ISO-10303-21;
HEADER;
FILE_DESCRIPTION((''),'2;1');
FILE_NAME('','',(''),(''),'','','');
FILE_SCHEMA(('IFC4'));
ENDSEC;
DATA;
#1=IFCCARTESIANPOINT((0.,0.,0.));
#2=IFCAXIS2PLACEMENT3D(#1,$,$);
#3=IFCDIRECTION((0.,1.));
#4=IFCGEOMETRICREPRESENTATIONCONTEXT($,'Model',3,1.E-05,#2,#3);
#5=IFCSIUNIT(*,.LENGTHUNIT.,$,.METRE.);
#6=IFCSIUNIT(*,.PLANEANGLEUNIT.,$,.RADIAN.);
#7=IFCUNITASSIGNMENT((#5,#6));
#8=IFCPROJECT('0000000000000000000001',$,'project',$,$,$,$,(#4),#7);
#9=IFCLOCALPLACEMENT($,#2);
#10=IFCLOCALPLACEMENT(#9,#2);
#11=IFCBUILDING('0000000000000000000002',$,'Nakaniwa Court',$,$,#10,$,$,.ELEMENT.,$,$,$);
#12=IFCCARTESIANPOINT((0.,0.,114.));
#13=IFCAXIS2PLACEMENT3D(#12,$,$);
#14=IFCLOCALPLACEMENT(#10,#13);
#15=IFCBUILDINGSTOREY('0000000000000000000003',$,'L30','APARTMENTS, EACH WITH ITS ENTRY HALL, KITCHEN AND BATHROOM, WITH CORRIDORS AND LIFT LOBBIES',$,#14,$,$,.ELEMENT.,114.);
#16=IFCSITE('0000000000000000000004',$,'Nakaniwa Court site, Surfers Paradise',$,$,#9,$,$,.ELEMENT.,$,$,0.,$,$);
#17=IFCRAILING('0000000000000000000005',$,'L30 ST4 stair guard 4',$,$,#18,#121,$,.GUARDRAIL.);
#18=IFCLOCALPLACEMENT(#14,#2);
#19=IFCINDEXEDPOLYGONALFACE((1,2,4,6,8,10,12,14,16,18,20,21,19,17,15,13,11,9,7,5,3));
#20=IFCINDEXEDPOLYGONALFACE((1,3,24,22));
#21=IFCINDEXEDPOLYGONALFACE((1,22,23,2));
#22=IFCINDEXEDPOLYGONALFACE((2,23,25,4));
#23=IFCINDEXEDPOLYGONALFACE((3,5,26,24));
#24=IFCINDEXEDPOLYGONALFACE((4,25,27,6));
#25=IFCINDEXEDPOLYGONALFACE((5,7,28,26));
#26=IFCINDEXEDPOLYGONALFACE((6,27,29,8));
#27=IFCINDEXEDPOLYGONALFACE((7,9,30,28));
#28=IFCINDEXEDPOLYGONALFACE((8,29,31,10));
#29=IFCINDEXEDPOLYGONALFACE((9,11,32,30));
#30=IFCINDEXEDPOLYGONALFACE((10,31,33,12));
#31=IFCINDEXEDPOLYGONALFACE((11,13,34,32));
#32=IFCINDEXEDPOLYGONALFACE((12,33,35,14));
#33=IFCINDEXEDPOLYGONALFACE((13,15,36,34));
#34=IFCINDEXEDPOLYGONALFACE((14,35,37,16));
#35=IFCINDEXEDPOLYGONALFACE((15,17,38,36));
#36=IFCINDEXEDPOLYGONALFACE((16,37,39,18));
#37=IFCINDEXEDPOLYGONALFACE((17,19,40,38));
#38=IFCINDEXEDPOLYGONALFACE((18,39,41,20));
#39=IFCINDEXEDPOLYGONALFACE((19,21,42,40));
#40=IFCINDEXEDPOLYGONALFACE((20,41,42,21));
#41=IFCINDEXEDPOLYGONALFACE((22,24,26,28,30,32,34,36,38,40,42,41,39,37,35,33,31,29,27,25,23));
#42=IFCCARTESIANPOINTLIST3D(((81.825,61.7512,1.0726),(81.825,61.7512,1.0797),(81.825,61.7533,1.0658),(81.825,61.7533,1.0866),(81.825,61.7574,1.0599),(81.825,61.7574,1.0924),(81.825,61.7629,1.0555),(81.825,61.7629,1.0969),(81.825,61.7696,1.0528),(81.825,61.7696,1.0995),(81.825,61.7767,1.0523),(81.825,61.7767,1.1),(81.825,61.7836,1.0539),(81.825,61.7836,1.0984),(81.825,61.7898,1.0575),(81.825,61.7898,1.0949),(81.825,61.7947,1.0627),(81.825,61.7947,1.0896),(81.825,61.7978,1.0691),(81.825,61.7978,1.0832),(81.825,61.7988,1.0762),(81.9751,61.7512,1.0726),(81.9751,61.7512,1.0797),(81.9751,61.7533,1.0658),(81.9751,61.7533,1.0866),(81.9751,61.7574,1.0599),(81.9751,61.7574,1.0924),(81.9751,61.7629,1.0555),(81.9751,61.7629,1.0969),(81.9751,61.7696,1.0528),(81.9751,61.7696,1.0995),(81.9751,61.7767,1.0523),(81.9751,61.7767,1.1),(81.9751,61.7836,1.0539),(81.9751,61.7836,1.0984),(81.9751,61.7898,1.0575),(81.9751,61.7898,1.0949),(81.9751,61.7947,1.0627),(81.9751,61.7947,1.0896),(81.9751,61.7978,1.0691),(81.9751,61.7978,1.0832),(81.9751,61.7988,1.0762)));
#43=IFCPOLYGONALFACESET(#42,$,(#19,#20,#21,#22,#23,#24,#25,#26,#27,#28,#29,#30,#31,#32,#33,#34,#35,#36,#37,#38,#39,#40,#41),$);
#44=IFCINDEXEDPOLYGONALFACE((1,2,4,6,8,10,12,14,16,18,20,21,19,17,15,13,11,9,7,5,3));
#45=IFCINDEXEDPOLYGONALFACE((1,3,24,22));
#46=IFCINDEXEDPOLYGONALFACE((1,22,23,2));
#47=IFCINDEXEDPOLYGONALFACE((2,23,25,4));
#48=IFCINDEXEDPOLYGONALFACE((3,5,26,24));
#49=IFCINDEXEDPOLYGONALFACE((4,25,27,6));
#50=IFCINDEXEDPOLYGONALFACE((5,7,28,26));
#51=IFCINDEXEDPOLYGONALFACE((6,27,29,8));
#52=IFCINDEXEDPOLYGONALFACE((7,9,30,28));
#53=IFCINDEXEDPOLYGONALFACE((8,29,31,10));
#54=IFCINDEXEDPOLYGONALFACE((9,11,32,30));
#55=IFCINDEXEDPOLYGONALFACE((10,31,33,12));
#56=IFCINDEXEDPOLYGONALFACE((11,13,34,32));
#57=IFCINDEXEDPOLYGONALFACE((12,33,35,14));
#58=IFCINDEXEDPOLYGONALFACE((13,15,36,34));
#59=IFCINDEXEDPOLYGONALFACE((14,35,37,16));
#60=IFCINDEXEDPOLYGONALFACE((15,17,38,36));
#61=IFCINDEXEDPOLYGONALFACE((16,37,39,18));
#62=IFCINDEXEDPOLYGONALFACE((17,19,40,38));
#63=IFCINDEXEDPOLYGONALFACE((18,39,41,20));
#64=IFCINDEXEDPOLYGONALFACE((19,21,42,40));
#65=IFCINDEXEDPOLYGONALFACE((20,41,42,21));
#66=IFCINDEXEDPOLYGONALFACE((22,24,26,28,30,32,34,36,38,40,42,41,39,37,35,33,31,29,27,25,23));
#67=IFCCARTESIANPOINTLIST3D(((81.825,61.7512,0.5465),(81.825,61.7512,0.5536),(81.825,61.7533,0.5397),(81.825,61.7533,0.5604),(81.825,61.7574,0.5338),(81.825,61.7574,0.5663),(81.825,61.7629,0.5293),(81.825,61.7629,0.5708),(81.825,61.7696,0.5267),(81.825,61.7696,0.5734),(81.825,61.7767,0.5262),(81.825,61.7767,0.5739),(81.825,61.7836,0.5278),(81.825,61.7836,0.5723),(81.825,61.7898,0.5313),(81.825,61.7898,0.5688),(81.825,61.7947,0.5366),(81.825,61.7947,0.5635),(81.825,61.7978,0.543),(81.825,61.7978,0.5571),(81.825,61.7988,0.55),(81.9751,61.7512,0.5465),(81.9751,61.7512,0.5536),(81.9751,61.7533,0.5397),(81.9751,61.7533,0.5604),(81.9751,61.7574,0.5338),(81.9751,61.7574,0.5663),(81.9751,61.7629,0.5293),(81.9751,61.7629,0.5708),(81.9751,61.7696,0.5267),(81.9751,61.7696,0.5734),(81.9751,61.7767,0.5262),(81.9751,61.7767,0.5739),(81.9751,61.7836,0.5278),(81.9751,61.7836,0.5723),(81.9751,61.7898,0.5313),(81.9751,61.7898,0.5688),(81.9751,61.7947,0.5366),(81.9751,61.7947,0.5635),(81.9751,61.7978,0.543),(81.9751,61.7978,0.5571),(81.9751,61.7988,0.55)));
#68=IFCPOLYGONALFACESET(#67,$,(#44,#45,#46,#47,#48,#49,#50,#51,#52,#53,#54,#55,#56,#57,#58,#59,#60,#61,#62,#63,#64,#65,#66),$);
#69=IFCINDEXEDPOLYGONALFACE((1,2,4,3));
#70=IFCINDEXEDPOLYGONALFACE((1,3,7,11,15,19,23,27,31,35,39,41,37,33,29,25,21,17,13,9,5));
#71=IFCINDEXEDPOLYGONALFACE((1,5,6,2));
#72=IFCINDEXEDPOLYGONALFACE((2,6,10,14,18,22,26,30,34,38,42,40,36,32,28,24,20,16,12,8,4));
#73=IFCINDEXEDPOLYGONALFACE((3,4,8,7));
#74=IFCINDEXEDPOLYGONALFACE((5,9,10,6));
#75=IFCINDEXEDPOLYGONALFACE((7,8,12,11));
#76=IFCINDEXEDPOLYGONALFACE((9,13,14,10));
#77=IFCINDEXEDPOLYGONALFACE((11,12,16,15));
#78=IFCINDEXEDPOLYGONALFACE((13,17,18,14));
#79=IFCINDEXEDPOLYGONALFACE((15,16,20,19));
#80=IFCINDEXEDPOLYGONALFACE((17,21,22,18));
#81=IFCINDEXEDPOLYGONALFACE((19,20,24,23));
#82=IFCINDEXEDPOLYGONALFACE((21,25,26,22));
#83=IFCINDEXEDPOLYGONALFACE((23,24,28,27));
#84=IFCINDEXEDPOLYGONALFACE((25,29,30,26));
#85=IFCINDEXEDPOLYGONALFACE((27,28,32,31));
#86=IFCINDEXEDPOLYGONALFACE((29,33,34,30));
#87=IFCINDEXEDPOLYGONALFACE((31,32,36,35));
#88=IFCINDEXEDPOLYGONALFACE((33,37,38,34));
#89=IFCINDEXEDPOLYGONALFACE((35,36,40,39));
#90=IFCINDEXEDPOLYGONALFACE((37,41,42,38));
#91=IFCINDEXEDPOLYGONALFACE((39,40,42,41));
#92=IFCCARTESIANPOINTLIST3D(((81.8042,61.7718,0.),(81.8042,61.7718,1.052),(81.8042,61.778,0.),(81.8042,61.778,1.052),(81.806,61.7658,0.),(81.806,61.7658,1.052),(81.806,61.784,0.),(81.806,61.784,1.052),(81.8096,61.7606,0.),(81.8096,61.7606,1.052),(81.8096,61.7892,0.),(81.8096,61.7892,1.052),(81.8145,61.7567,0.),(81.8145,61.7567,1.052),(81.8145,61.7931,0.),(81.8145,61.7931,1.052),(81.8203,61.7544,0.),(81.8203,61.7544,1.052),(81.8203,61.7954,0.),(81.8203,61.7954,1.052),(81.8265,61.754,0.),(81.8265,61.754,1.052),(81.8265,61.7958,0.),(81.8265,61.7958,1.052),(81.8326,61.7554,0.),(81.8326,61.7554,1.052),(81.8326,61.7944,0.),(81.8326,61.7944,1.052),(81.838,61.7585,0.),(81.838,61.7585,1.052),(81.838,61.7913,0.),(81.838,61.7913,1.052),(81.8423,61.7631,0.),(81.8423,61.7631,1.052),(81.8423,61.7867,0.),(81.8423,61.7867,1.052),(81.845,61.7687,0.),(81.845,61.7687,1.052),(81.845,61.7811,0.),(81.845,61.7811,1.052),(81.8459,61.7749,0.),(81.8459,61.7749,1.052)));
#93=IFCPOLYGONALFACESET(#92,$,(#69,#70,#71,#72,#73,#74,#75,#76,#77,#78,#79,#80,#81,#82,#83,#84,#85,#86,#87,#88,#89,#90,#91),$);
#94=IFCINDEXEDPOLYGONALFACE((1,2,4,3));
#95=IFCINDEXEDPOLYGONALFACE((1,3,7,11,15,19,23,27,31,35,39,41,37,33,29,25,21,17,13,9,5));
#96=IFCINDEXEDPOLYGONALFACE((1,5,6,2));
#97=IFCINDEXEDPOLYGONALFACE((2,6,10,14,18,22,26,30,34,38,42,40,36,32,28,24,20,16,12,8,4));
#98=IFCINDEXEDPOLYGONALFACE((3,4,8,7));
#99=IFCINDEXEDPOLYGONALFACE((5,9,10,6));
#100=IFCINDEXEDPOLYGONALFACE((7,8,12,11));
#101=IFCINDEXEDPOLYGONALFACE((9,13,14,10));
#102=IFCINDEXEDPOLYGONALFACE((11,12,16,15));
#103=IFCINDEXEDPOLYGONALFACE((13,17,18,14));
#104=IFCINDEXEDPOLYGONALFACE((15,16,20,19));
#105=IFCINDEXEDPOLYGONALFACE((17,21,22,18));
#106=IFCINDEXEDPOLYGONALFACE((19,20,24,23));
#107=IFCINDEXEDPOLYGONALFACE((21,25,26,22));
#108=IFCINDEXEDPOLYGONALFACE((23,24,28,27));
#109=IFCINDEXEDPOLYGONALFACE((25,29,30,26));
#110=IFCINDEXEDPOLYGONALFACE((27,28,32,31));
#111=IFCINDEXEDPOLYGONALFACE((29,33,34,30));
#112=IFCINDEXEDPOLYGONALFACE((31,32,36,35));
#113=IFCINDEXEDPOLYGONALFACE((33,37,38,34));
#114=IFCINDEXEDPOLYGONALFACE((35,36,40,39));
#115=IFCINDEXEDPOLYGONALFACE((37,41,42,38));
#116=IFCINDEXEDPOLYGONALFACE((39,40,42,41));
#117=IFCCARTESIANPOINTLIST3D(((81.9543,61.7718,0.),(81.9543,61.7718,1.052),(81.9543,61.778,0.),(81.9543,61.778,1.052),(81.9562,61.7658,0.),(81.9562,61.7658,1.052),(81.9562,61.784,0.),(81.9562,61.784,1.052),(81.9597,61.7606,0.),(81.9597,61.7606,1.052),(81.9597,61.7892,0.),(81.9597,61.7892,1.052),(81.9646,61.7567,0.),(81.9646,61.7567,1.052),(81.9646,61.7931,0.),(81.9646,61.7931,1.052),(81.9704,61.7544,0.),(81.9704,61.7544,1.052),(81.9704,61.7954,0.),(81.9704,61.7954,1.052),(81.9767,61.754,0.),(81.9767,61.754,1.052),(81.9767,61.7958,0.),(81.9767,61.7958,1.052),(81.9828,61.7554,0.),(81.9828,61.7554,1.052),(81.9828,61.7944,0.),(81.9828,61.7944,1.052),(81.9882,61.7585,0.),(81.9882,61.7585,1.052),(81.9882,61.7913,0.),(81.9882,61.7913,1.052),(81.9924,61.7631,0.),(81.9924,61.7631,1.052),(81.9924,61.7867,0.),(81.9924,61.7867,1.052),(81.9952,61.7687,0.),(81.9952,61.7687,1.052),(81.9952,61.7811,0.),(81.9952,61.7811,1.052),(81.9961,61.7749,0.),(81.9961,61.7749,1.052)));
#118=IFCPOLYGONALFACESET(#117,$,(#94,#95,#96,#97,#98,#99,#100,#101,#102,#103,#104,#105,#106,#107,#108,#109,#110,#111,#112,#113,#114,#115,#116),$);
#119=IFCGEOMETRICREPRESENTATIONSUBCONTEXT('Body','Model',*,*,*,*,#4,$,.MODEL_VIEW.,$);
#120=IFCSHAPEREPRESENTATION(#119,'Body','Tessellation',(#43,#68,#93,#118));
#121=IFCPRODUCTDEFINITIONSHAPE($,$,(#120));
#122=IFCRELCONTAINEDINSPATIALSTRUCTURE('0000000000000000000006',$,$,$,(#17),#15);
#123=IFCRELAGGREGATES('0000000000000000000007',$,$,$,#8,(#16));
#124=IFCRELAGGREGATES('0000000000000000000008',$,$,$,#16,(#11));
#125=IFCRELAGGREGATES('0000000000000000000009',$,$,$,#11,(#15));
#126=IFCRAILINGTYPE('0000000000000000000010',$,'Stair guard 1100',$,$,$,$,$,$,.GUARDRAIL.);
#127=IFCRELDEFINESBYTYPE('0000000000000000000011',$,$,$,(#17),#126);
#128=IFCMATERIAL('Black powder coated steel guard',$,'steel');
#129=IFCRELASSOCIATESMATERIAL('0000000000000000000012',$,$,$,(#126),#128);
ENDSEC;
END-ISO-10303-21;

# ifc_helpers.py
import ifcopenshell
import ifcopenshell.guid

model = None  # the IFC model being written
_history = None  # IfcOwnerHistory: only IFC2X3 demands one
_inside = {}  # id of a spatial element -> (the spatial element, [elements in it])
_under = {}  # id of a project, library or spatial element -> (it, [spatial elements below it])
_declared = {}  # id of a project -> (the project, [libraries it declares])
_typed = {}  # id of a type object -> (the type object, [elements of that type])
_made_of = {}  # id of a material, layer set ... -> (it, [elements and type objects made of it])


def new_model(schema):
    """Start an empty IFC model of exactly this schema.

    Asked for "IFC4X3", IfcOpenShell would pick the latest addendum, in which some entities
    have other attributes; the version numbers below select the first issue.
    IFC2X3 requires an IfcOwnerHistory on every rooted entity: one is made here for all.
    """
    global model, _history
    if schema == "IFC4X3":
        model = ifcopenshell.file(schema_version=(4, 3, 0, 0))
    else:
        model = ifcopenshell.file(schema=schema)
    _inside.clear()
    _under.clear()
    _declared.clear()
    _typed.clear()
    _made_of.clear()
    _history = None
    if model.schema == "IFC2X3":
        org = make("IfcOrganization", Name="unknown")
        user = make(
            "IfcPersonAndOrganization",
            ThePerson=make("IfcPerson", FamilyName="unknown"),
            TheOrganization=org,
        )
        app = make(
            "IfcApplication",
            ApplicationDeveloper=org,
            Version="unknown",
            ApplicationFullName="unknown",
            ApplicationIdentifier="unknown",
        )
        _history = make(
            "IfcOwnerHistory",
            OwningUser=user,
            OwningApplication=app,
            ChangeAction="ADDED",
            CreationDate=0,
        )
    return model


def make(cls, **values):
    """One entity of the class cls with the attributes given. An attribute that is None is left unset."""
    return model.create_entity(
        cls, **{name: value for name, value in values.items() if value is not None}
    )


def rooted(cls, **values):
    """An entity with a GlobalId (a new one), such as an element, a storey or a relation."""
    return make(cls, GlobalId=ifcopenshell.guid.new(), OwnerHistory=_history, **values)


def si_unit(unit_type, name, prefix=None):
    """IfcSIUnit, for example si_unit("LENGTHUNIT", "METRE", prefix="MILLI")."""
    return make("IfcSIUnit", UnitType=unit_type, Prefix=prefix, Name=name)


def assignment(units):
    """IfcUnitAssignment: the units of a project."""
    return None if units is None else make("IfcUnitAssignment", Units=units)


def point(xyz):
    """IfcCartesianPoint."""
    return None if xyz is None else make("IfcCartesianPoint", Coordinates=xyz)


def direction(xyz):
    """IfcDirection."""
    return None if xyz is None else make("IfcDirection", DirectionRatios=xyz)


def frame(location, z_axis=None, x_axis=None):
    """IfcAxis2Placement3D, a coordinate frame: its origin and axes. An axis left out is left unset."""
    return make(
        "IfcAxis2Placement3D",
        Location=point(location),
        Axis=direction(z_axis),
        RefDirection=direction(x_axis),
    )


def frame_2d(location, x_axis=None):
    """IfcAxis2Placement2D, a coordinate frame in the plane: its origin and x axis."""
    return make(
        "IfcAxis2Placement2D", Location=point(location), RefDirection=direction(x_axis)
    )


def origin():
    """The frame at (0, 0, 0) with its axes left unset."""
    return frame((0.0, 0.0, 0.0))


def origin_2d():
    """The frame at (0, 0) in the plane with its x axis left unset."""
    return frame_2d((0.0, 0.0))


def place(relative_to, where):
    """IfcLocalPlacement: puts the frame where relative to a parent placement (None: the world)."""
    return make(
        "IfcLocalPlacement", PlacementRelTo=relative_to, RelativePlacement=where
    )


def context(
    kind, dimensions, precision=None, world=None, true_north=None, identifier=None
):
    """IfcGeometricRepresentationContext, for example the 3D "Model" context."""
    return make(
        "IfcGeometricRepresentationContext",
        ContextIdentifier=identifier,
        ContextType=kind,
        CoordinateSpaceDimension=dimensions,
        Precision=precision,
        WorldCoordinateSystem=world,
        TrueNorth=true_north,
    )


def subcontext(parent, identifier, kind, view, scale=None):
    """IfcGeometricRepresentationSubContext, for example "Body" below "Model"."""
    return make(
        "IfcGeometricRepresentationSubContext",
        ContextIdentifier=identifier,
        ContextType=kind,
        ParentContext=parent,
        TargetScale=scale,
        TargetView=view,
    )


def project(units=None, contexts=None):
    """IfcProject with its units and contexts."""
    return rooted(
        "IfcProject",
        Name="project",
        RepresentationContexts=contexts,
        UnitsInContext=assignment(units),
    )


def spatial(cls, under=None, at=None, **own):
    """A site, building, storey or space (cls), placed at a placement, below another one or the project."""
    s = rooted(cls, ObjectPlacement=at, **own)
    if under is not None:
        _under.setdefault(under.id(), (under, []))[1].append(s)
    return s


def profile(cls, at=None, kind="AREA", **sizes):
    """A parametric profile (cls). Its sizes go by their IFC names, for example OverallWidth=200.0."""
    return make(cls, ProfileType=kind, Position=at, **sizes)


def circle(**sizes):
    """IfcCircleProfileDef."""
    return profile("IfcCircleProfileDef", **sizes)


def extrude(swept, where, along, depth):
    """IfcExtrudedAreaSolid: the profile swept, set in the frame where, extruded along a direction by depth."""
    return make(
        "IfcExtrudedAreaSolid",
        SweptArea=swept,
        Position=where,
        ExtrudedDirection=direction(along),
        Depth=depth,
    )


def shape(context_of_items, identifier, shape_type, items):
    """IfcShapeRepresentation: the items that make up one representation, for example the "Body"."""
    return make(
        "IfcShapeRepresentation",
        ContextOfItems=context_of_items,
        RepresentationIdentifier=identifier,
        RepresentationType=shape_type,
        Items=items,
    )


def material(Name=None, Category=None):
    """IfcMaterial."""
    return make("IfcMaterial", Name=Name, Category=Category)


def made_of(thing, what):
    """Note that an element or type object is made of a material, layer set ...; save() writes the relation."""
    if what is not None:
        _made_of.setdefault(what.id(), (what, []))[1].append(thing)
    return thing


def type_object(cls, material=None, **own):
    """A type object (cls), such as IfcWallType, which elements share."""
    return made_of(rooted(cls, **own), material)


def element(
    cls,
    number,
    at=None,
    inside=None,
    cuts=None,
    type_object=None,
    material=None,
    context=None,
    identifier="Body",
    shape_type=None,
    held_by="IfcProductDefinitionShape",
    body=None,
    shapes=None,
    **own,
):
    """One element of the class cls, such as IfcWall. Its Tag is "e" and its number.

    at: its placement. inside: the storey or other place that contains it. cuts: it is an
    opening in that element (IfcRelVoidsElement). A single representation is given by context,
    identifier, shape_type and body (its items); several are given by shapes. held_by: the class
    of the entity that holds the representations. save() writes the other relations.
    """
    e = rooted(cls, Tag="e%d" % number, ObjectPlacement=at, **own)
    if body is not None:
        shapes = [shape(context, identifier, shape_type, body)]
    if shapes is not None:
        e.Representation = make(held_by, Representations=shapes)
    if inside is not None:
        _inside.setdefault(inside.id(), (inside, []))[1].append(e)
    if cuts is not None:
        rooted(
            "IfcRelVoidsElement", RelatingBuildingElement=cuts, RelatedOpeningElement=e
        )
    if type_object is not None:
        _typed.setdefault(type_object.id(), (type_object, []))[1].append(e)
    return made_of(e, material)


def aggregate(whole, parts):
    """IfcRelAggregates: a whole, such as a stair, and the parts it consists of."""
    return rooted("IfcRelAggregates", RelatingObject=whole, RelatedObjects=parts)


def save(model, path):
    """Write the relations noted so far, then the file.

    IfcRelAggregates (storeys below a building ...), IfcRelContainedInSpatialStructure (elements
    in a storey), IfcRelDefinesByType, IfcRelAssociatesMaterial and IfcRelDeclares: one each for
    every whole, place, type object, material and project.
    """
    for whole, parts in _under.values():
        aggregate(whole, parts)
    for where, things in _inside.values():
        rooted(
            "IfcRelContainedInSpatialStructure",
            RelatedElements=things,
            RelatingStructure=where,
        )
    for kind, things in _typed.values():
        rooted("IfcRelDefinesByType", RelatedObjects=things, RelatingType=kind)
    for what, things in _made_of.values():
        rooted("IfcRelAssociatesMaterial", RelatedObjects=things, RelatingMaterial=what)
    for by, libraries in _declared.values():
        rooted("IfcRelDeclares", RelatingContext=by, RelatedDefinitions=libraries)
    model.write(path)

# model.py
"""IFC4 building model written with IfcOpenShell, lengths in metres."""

from ifc_helpers import new_model, si_unit, direction, frame, origin, origin_2d, place, context, subcontext, project, spatial, circle, extrude, material, type_object, element, save


model = new_model("IFC4")

# Units and contexts
model_context = context("Model", 3, precision=1e-05, world=origin(), true_north=direction((0.0, 1.0)))
body_context = subcontext(model_context, "Body", "Model", "MODEL_VIEW")
ifc_project = project(units=[si_unit("LENGTHUNIT", "METRE"), si_unit("PLANEANGLEUNIT", "RADIAN")], contexts=[model_context])

# Site, building, storey
site_placement = place(None, origin())
site = spatial("IfcSite", under=ifc_project, at=site_placement, Name="Nakaniwa Court site, Surfers Paradise", CompositionType="ELEMENT", RefElevation=0.0)
building_placement = place(site_placement, origin())
building = spatial("IfcBuilding", under=site, at=building_placement, Name="Nakaniwa Court", CompositionType="ELEMENT")
storey_placement = place(building_placement, frame((0.0, 0.0, 114.0)))
storey = spatial("IfcBuildingStorey", under=building, at=storey_placement, Name="L30", Description="APARTMENTS, EACH WITH ITS ENTRY HALL, KITCHEN AND BATHROOM, WITH CORRIDORS AND LIFT LOBBIES", CompositionType="ELEMENT", Elevation=114.0)

# Railing
ifc_material_1 = material(Name="Black powder coated steel guard", Category="steel")
railing_type_1 = type_object("IfcRailingType", Name="Stair guard 1100", PredefinedType="GUARDRAIL", material=ifc_material_1)
railing_1_placement = place(storey_placement, frame((81.825, 61.7749, 0.0)))
element("IfcRailing", 1, at=railing_1_placement, inside=storey, type_object=railing_type_1, Name="L30 ST4 stair guard 4", PredefinedType="GUARDRAIL", context=body_context, shape_type="SweptSolid", body=[
    extrude(circle(Radius=0.0239, at=origin_2d()), frame((0.0, 0.0, 1.0762), z_axis=(1.0, 0.0, 0.0), x_axis=(0.0, 1.0, 0.0)), (0.0, 0.0, 1.0), 0.1501),
    extrude(circle(Radius=0.0239, at=origin_2d()), frame((0.0, 0.0, 0.55), z_axis=(1.0, 0.0, 0.0), x_axis=(0.0, 1.0, 0.0)), (0.0, 0.0, 1.0), 0.1501),
    extrude(circle(Radius=0.021, at=origin_2d()), origin(), (0.0, 0.0, 1.0), 1.052),
    extrude(circle(Radius=0.021, at=origin_2d()), frame((0.1501, 0.0, 0.0)), (0.0, 0.0, 1.0), 1.052),
])

save(model, "model.ifc")
